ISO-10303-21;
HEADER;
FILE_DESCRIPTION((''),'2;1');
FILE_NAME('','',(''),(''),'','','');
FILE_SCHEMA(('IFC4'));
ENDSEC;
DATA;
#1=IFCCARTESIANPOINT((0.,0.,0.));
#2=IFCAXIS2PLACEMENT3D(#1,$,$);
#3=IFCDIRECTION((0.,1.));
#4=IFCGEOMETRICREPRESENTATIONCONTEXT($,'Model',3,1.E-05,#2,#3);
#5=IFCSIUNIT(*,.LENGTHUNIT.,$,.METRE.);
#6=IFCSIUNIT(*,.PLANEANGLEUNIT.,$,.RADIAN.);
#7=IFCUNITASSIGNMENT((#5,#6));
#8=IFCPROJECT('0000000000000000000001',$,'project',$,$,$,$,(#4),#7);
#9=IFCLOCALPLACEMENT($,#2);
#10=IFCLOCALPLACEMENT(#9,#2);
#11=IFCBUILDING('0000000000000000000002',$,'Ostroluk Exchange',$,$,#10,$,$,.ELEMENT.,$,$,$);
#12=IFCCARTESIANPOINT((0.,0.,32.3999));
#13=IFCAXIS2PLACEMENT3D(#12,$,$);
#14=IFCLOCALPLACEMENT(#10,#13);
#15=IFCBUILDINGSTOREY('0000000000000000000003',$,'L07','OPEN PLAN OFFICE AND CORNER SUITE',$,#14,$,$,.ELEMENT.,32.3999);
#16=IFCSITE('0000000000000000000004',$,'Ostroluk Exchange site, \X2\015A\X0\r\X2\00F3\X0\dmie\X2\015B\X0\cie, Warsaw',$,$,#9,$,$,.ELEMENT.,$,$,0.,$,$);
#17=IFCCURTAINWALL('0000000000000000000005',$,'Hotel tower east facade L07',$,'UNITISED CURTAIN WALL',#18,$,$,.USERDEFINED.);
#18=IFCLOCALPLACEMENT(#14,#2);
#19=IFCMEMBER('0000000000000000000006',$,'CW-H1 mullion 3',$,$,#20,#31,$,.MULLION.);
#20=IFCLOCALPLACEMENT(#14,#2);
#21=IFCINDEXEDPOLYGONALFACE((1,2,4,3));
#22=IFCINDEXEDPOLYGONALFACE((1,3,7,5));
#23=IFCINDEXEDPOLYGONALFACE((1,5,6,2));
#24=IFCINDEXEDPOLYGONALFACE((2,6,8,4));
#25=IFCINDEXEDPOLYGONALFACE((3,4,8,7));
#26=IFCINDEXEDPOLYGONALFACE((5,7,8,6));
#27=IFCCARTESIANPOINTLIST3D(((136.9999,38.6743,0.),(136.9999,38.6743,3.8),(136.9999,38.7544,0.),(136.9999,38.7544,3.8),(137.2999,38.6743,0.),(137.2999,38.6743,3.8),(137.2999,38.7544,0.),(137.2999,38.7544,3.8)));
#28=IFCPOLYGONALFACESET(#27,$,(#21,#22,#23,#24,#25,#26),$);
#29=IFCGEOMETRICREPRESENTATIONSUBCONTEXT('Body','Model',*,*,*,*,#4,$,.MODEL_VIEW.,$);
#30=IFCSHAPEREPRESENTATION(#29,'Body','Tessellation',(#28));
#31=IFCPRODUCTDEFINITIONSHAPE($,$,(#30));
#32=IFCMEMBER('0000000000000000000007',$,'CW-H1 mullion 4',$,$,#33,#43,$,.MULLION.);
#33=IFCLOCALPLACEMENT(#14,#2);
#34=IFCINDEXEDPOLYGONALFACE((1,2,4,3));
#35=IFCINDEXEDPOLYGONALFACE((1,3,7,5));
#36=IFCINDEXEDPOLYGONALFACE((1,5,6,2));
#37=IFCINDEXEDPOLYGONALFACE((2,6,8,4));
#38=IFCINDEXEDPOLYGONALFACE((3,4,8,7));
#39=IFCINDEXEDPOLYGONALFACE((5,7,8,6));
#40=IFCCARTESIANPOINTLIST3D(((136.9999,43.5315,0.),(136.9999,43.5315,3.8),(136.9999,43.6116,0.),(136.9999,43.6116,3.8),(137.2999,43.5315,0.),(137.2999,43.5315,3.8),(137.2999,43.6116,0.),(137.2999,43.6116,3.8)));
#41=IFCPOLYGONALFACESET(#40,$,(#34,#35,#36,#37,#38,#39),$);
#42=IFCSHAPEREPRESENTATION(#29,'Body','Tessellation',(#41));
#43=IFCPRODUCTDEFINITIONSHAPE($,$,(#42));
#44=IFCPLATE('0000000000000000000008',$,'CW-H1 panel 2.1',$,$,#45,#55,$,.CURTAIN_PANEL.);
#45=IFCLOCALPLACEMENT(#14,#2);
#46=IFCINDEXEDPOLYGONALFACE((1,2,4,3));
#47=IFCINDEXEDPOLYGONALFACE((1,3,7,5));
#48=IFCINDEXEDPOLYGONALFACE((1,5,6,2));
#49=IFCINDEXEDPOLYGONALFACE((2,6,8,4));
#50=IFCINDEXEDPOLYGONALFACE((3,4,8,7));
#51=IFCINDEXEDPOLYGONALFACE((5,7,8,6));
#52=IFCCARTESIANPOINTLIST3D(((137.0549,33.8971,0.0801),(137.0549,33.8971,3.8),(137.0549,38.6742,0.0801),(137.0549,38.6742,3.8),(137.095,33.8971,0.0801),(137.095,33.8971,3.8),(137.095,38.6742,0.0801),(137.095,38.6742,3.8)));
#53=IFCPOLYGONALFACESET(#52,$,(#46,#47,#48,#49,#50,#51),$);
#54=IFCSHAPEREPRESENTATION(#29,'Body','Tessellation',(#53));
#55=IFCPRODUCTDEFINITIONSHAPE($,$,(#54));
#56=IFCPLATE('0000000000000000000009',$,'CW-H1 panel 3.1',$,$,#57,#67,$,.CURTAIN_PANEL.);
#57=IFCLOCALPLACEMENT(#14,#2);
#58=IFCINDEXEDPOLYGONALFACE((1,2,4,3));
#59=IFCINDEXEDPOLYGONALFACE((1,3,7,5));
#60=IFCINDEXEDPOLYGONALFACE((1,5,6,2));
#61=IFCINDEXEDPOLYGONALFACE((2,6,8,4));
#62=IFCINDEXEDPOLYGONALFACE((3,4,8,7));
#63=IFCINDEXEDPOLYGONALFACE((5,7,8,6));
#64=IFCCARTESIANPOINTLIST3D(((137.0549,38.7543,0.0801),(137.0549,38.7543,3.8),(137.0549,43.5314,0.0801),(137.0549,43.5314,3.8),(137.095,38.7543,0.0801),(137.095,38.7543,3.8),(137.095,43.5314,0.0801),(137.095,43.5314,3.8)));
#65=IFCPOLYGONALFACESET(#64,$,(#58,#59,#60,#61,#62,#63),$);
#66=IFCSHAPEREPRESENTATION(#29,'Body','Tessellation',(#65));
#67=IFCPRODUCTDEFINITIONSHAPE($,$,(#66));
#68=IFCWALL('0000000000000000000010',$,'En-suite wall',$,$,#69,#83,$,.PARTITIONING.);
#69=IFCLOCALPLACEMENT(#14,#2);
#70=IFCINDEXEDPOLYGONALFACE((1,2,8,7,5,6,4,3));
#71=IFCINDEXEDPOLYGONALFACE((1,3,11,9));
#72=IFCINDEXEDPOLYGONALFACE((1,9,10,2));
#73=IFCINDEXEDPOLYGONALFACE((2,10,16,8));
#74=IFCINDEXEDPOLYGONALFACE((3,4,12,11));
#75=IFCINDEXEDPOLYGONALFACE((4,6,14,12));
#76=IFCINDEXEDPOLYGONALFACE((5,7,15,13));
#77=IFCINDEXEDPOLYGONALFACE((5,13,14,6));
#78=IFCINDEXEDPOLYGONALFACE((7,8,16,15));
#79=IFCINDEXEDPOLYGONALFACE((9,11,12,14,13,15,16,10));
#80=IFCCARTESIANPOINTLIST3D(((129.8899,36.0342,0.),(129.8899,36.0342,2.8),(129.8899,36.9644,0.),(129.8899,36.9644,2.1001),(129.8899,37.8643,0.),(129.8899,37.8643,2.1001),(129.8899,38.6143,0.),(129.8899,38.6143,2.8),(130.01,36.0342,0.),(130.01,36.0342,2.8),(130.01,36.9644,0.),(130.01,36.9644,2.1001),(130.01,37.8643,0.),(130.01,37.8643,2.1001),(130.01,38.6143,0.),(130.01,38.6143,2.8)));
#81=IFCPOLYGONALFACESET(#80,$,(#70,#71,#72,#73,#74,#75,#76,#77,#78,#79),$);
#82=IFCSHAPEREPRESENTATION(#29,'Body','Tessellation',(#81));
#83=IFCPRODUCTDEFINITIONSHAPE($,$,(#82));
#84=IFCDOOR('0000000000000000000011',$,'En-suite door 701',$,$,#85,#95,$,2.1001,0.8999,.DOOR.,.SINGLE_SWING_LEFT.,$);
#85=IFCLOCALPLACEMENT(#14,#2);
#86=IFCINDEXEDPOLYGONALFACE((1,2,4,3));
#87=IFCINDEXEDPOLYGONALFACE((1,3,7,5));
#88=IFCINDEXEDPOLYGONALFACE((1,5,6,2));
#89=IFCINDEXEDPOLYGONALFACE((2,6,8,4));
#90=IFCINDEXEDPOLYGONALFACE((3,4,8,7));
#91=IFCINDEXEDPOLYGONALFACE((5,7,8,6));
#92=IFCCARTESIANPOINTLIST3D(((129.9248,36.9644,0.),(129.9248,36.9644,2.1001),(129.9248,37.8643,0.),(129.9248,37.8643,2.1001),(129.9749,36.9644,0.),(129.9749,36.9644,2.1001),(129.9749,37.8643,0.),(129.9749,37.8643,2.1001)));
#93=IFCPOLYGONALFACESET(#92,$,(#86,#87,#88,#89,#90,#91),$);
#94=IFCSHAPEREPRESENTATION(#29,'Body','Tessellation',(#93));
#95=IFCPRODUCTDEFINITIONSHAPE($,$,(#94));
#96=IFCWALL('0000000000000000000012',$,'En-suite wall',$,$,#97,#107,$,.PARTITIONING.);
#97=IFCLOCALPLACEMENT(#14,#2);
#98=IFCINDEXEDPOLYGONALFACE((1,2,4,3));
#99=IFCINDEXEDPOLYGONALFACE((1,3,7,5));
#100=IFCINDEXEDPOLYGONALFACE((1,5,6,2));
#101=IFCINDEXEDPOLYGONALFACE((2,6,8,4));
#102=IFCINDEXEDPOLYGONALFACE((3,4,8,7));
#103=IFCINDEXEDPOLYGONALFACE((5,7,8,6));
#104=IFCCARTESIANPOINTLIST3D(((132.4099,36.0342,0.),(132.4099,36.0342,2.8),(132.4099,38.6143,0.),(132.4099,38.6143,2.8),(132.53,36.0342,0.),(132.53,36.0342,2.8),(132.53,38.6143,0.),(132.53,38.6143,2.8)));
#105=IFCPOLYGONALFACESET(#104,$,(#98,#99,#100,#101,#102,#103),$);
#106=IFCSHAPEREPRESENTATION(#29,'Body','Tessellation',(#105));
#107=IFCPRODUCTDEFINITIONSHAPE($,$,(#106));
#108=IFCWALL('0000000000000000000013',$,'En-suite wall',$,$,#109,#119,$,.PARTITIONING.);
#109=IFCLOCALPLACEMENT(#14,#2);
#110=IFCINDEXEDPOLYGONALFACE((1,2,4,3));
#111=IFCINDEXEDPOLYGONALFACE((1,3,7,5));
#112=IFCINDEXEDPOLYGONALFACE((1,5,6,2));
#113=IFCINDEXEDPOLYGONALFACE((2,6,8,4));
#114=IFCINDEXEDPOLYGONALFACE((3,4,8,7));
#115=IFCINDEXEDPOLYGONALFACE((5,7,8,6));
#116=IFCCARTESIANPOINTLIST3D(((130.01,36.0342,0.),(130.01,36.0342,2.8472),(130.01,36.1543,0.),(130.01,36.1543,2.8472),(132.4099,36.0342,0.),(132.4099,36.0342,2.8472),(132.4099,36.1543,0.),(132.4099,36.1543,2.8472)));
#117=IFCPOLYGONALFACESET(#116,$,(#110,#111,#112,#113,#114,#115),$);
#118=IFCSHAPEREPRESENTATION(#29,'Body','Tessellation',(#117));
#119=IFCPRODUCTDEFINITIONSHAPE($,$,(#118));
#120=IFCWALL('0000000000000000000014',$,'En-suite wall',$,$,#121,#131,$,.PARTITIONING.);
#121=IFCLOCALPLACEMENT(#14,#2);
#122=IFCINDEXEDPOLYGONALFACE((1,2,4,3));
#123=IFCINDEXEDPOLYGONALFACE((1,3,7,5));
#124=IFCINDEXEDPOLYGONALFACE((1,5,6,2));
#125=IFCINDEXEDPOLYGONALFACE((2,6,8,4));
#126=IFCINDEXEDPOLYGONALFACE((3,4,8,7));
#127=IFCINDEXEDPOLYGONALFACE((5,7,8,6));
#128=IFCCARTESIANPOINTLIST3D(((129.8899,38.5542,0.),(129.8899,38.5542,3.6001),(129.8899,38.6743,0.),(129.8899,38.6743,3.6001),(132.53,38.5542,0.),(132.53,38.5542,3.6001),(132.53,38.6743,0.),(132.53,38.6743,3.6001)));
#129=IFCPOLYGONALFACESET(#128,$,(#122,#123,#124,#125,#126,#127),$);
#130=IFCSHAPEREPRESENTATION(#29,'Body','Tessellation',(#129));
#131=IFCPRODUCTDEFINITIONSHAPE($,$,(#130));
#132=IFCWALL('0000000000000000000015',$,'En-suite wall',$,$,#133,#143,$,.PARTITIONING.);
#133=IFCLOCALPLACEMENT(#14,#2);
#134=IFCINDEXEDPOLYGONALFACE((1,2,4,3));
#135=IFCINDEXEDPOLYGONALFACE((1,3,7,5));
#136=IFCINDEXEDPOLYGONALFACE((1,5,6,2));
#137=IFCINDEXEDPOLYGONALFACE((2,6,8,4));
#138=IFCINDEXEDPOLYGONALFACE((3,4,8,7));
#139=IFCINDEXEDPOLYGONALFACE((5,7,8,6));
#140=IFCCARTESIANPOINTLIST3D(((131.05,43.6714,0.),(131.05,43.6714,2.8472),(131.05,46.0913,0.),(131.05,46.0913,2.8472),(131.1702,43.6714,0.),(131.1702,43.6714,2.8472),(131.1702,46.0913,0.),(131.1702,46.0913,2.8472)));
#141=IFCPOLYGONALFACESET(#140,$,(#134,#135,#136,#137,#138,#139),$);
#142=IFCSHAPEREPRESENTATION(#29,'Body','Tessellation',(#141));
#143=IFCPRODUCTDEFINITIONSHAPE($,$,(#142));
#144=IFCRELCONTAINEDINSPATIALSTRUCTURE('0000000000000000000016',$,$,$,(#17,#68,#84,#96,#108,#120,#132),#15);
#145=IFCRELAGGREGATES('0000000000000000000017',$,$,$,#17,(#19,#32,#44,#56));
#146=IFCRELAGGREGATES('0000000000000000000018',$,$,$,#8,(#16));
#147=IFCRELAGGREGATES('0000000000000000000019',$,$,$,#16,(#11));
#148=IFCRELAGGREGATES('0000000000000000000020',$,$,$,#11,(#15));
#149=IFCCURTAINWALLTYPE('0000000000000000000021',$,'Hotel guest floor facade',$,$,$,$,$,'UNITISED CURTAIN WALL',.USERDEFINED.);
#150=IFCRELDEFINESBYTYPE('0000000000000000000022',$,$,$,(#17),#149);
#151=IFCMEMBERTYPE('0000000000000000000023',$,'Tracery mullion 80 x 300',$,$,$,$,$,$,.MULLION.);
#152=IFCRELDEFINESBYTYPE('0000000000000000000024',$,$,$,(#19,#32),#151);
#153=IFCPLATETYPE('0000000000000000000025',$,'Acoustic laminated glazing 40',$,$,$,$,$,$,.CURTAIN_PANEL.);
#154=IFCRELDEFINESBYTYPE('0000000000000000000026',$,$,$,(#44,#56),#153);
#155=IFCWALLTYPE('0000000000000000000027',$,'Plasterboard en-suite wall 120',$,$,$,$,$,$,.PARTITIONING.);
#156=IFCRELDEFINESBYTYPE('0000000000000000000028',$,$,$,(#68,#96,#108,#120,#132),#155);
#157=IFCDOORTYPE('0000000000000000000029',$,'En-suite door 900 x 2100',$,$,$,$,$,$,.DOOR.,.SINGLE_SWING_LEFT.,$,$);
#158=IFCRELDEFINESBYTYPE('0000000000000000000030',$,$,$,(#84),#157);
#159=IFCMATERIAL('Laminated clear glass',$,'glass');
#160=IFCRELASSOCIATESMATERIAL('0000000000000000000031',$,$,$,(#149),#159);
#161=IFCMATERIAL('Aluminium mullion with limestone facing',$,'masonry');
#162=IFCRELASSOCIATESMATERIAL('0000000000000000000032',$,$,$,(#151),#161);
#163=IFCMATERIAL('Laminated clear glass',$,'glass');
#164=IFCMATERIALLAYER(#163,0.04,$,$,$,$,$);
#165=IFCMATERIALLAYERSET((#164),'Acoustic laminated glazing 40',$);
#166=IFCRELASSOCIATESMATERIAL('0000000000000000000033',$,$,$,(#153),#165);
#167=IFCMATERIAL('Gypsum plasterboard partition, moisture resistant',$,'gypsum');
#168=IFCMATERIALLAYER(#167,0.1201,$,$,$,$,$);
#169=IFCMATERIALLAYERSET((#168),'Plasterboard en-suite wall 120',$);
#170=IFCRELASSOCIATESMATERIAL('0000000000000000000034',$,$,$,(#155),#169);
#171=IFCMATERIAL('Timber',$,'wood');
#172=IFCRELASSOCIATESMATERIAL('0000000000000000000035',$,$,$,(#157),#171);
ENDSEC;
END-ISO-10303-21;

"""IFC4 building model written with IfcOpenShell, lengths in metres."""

from ifc_helpers import new_model, si_unit, direction, frame, frame_2d, origin, origin_2d, place, context, subcontext, project, spatial, rectangle, extrude, material, layer, layer_set, material_profile, profile_set, type_object, element, fill, aggregate, save


model = new_model("IFC4")

# Units and contexts
model_context = context("Model", 3, precision=1e-05, world=origin(), true_north=direction((0.0, 1.0)))
body_context = subcontext(model_context, "Body", "Model", "MODEL_VIEW")
ifc_project = project(units=[si_unit("LENGTHUNIT", "METRE"), si_unit("PLANEANGLEUNIT", "RADIAN")], contexts=[model_context])

# Site, building, storey
site_placement = place(None, origin())
site = spatial("IfcSite", under=ifc_project, at=site_placement, Name="Ostroluk Exchange site, Śródmieście, Warsaw", CompositionType="ELEMENT", RefElevation=0.0)
building_placement = place(site_placement, origin())
building = spatial("IfcBuilding", under=site, at=building_placement, Name="Ostroluk Exchange", CompositionType="ELEMENT")
storey_placement = place(building_placement, frame((0.0, 0.0, 32.3999)))
storey = spatial("IfcBuildingStorey", under=building, at=storey_placement, Name="L07", Description="OPEN PLAN OFFICE AND CORNER SUITE", CompositionType="ELEMENT", Elevation=32.3999)

# Curtain wall, members, plates
ifc_material_1 = material(Name="Laminated clear glass", Category="glass")
curtain_wall_type = type_object("IfcCurtainWallType", Name="Hotel guest floor facade", ElementType="UNITISED CURTAIN WALL", PredefinedType="USERDEFINED", material=ifc_material_1)
curtain_wall_placement = place(storey_placement, origin())
curtain_wall = element("IfcCurtainWall", 1, at=curtain_wall_placement, inside=storey, type_object=curtain_wall_type, Name="Hotel tower east facade L07", ObjectType="UNITISED CURTAIN WALL", PredefinedType="USERDEFINED")
ifc_material_2 = material(Name="Aluminium mullion with limestone facing", Category="masonry")
ifc_material_profile_1 = material_profile(ifc_material_2, rectangle(XDim=0.3, YDim=0.0801, at=origin_2d()), Name="Tracery mullion 80 x 300")
ifc_profile_set_1 = profile_set([ifc_material_profile_1], Name="Aluminium mullion with limestone facing")
member_type_1 = type_object("IfcMemberType", Name="Tracery mullion 80 x 300", PredefinedType="MULLION", material=ifc_profile_set_1)
member_1_placement = place(storey_placement, frame((137.1499, 38.7144, 0.0), z_axis=(0.0, 0.0, 1.0), x_axis=(-1.0, 0.0, 0.0)))
member_1 = element("IfcMember", 2, at=member_1_placement, type_object=member_type_1, Name="CW-H1 mullion 3", PredefinedType="MULLION", context=body_context, shape_type="SweptSolid", body=[
    extrude(rectangle(XDim=0.3, YDim=0.0801, at=origin_2d()), origin(), (0.0, 0.0, 1.0), 3.8),
])
member_2_placement = place(storey_placement, frame((137.1499, 43.5715, 0.0), z_axis=(0.0, 0.0, 1.0), x_axis=(-1.0, 0.0, 0.0)))
member_2 = element("IfcMember", 3, at=member_2_placement, type_object=member_type_1, Name="CW-H1 mullion 4", PredefinedType="MULLION", context=body_context, shape_type="SweptSolid", body=[
    extrude(rectangle(XDim=0.3, YDim=0.0801, at=origin_2d()), origin(), (0.0, 0.0, 1.0), 3.8),
])
ifc_material_3 = material(Name="Laminated clear glass", Category="glass")
ifc_layer_1 = layer(ifc_material_3, 0.04)
ifc_layer_set_1 = layer_set([ifc_layer_1], Name="Acoustic laminated glazing 40")
plate_type = type_object("IfcPlateType", Name="Acoustic laminated glazing 40", PredefinedType="CURTAIN_PANEL", material=ifc_layer_set_1)
plate_1_placement = place(storey_placement, frame((137.075, 36.2856, 0.0801), z_axis=(0.0, 0.0, 1.0), x_axis=(0.0, 1.0, 0.0)))
plate_1 = element("IfcPlate", 4, at=plate_1_placement, type_object=plate_type, Name="CW-H1 panel 2.1", PredefinedType="CURTAIN_PANEL", context=body_context, shape_type="SweptSolid", body=[
    extrude(rectangle(XDim=4.7771, YDim=0.04, at=origin_2d()), origin(), (0.0, 0.0, 1.0), 3.72),
])
plate_2_placement = place(storey_placement, frame((137.075, 41.1428, 0.0801), z_axis=(0.0, 0.0, 1.0), x_axis=(0.0, 1.0, 0.0)))
plate_2 = element("IfcPlate", 5, at=plate_2_placement, type_object=plate_type, Name="CW-H1 panel 3.1", PredefinedType="CURTAIN_PANEL", context=body_context, shape_type="SweptSolid", body=[
    extrude(rectangle(XDim=4.7771, YDim=0.04, at=origin_2d()), origin(), (0.0, 0.0, 1.0), 3.72),
])
aggregate(curtain_wall, [member_1, member_2, plate_1, plate_2])

# Wall, opening, door
ifc_material_4 = material(Name="Gypsum plasterboard partition, moisture resistant", Category="gypsum")
ifc_layer_2 = layer(ifc_material_4, 0.1201)
ifc_layer_set_2 = layer_set([ifc_layer_2], Name="Plasterboard en-suite wall 120")
wall_type_1 = type_object("IfcWallType", Name="Plasterboard en-suite wall 120", PredefinedType="PARTITIONING", material=ifc_layer_set_2)
wall_1_placement = place(storey_placement, frame((129.95, 38.6143, 0.0), z_axis=(0.0, 0.0, 1.0), x_axis=(0.0, -1.0, 0.0)))
wall_1 = element("IfcWall", 6, at=wall_1_placement, inside=storey, type_object=wall_type_1, Name="En-suite wall", PredefinedType="PARTITIONING", context=body_context, shape_type="SweptSolid", body=[
    extrude(rectangle(XDim=2.5801, YDim=0.1201, at=frame_2d((1.29, 0.0))), origin(), (0.0, 0.0, 1.0), 2.8),
])
opening_1_placement = place(wall_1_placement, frame((0.75, 0.0, 0.0)))
opening_1 = element("IfcOpeningElement", 7, at=opening_1_placement, cuts=wall_1, PredefinedType="OPENING", context=body_context, shape_type="SweptSolid", body=[
    extrude(rectangle(XDim=0.8999, YDim=2.1001, at=frame_2d((0.45, 1.05))), frame((0.0, 0.0701, 0.0), z_axis=(0.0, -1.0, 0.0), x_axis=(1.0, 0.0, 0.0)), (0.0, 0.0, 1.0), 0.1401),
])
ifc_material_5 = material(Name="Timber", Category="wood")
door_type_1 = type_object("IfcDoorType", Name="En-suite door 900 x 2100", OperationType="SINGLE_SWING_LEFT", PredefinedType="DOOR", material=ifc_material_5)
door_1_placement = place(opening_1_placement, origin())
door_1 = element("IfcDoor", 8, at=door_1_placement, inside=storey, type_object=door_type_1, Name="En-suite door 701", OperationType="SINGLE_SWING_LEFT", OverallHeight=2.1001, OverallWidth=0.8999, PredefinedType="DOOR", context=body_context, shape_type="SweptSolid", body=[
    extrude(rectangle(XDim=0.8999, YDim=2.1001, at=frame_2d((0.45, 1.05))), frame((0.0, 0.0249, 0.0), z_axis=(0.0, -1.0, 0.0), x_axis=(1.0, 0.0, 0.0)), (0.0, 0.0, 1.0), 0.05),
])
fill(opening_1, door_1)

# Walls
wall_2_placement = place(storey_placement, frame((132.47, 38.6143, 0.0), z_axis=(0.0, 0.0, 1.0), x_axis=(0.0, -1.0, 0.0)))
element("IfcWall", 9, at=wall_2_placement, inside=storey, type_object=wall_type_1, Name="En-suite wall", PredefinedType="PARTITIONING", context=body_context, shape_type="SweptSolid", body=[
    extrude(rectangle(XDim=2.5801, YDim=0.1201, at=frame_2d((1.29, 0.0))), origin(), (0.0, 0.0, 1.0), 2.8),
])
wall_3_placement = place(storey_placement, frame((130.01, 36.0942, 0.0), z_axis=(0.0, 0.0, 1.0), x_axis=(1.0, 0.0, 0.0)))
element("IfcWall", 10, at=wall_3_placement, inside=storey, type_object=wall_type_1, Name="En-suite wall", PredefinedType="PARTITIONING", context=body_context, shape_type="SweptSolid", body=[
    extrude(rectangle(XDim=2.3999, YDim=0.1201, at=frame_2d((1.2, 0.0))), origin(), (0.0, 0.0, 1.0), 2.8472),
])
wall_4_placement = place(storey_placement, frame((129.8899, 38.6143, 0.0), z_axis=(0.0, 0.0, 1.0), x_axis=(1.0, 0.0, 0.0)))
element("IfcWall", 11, at=wall_4_placement, inside=storey, type_object=wall_type_1, Name="En-suite wall", PredefinedType="PARTITIONING", context=body_context, shape_type="SweptSolid", body=[
    extrude(rectangle(XDim=2.6401, YDim=0.1201, at=frame_2d((1.3201, 0.0))), origin(), (0.0, 0.0, 1.0), 3.6001),
])
wall_5_placement = place(storey_placement, frame((131.1101, 43.6714, 0.0), z_axis=(0.0, 0.0, 1.0), x_axis=(0.0, 1.0, 0.0)))
element("IfcWall", 12, at=wall_5_placement, inside=storey, type_object=wall_type_1, Name="En-suite wall", PredefinedType="PARTITIONING", context=body_context, shape_type="SweptSolid", body=[
    extrude(rectangle(XDim=2.4199, YDim=0.1201, at=frame_2d((1.21, 0.0))), origin(), (0.0, 0.0, 1.0), 2.8472),
])

save(model, "model.ifc")
